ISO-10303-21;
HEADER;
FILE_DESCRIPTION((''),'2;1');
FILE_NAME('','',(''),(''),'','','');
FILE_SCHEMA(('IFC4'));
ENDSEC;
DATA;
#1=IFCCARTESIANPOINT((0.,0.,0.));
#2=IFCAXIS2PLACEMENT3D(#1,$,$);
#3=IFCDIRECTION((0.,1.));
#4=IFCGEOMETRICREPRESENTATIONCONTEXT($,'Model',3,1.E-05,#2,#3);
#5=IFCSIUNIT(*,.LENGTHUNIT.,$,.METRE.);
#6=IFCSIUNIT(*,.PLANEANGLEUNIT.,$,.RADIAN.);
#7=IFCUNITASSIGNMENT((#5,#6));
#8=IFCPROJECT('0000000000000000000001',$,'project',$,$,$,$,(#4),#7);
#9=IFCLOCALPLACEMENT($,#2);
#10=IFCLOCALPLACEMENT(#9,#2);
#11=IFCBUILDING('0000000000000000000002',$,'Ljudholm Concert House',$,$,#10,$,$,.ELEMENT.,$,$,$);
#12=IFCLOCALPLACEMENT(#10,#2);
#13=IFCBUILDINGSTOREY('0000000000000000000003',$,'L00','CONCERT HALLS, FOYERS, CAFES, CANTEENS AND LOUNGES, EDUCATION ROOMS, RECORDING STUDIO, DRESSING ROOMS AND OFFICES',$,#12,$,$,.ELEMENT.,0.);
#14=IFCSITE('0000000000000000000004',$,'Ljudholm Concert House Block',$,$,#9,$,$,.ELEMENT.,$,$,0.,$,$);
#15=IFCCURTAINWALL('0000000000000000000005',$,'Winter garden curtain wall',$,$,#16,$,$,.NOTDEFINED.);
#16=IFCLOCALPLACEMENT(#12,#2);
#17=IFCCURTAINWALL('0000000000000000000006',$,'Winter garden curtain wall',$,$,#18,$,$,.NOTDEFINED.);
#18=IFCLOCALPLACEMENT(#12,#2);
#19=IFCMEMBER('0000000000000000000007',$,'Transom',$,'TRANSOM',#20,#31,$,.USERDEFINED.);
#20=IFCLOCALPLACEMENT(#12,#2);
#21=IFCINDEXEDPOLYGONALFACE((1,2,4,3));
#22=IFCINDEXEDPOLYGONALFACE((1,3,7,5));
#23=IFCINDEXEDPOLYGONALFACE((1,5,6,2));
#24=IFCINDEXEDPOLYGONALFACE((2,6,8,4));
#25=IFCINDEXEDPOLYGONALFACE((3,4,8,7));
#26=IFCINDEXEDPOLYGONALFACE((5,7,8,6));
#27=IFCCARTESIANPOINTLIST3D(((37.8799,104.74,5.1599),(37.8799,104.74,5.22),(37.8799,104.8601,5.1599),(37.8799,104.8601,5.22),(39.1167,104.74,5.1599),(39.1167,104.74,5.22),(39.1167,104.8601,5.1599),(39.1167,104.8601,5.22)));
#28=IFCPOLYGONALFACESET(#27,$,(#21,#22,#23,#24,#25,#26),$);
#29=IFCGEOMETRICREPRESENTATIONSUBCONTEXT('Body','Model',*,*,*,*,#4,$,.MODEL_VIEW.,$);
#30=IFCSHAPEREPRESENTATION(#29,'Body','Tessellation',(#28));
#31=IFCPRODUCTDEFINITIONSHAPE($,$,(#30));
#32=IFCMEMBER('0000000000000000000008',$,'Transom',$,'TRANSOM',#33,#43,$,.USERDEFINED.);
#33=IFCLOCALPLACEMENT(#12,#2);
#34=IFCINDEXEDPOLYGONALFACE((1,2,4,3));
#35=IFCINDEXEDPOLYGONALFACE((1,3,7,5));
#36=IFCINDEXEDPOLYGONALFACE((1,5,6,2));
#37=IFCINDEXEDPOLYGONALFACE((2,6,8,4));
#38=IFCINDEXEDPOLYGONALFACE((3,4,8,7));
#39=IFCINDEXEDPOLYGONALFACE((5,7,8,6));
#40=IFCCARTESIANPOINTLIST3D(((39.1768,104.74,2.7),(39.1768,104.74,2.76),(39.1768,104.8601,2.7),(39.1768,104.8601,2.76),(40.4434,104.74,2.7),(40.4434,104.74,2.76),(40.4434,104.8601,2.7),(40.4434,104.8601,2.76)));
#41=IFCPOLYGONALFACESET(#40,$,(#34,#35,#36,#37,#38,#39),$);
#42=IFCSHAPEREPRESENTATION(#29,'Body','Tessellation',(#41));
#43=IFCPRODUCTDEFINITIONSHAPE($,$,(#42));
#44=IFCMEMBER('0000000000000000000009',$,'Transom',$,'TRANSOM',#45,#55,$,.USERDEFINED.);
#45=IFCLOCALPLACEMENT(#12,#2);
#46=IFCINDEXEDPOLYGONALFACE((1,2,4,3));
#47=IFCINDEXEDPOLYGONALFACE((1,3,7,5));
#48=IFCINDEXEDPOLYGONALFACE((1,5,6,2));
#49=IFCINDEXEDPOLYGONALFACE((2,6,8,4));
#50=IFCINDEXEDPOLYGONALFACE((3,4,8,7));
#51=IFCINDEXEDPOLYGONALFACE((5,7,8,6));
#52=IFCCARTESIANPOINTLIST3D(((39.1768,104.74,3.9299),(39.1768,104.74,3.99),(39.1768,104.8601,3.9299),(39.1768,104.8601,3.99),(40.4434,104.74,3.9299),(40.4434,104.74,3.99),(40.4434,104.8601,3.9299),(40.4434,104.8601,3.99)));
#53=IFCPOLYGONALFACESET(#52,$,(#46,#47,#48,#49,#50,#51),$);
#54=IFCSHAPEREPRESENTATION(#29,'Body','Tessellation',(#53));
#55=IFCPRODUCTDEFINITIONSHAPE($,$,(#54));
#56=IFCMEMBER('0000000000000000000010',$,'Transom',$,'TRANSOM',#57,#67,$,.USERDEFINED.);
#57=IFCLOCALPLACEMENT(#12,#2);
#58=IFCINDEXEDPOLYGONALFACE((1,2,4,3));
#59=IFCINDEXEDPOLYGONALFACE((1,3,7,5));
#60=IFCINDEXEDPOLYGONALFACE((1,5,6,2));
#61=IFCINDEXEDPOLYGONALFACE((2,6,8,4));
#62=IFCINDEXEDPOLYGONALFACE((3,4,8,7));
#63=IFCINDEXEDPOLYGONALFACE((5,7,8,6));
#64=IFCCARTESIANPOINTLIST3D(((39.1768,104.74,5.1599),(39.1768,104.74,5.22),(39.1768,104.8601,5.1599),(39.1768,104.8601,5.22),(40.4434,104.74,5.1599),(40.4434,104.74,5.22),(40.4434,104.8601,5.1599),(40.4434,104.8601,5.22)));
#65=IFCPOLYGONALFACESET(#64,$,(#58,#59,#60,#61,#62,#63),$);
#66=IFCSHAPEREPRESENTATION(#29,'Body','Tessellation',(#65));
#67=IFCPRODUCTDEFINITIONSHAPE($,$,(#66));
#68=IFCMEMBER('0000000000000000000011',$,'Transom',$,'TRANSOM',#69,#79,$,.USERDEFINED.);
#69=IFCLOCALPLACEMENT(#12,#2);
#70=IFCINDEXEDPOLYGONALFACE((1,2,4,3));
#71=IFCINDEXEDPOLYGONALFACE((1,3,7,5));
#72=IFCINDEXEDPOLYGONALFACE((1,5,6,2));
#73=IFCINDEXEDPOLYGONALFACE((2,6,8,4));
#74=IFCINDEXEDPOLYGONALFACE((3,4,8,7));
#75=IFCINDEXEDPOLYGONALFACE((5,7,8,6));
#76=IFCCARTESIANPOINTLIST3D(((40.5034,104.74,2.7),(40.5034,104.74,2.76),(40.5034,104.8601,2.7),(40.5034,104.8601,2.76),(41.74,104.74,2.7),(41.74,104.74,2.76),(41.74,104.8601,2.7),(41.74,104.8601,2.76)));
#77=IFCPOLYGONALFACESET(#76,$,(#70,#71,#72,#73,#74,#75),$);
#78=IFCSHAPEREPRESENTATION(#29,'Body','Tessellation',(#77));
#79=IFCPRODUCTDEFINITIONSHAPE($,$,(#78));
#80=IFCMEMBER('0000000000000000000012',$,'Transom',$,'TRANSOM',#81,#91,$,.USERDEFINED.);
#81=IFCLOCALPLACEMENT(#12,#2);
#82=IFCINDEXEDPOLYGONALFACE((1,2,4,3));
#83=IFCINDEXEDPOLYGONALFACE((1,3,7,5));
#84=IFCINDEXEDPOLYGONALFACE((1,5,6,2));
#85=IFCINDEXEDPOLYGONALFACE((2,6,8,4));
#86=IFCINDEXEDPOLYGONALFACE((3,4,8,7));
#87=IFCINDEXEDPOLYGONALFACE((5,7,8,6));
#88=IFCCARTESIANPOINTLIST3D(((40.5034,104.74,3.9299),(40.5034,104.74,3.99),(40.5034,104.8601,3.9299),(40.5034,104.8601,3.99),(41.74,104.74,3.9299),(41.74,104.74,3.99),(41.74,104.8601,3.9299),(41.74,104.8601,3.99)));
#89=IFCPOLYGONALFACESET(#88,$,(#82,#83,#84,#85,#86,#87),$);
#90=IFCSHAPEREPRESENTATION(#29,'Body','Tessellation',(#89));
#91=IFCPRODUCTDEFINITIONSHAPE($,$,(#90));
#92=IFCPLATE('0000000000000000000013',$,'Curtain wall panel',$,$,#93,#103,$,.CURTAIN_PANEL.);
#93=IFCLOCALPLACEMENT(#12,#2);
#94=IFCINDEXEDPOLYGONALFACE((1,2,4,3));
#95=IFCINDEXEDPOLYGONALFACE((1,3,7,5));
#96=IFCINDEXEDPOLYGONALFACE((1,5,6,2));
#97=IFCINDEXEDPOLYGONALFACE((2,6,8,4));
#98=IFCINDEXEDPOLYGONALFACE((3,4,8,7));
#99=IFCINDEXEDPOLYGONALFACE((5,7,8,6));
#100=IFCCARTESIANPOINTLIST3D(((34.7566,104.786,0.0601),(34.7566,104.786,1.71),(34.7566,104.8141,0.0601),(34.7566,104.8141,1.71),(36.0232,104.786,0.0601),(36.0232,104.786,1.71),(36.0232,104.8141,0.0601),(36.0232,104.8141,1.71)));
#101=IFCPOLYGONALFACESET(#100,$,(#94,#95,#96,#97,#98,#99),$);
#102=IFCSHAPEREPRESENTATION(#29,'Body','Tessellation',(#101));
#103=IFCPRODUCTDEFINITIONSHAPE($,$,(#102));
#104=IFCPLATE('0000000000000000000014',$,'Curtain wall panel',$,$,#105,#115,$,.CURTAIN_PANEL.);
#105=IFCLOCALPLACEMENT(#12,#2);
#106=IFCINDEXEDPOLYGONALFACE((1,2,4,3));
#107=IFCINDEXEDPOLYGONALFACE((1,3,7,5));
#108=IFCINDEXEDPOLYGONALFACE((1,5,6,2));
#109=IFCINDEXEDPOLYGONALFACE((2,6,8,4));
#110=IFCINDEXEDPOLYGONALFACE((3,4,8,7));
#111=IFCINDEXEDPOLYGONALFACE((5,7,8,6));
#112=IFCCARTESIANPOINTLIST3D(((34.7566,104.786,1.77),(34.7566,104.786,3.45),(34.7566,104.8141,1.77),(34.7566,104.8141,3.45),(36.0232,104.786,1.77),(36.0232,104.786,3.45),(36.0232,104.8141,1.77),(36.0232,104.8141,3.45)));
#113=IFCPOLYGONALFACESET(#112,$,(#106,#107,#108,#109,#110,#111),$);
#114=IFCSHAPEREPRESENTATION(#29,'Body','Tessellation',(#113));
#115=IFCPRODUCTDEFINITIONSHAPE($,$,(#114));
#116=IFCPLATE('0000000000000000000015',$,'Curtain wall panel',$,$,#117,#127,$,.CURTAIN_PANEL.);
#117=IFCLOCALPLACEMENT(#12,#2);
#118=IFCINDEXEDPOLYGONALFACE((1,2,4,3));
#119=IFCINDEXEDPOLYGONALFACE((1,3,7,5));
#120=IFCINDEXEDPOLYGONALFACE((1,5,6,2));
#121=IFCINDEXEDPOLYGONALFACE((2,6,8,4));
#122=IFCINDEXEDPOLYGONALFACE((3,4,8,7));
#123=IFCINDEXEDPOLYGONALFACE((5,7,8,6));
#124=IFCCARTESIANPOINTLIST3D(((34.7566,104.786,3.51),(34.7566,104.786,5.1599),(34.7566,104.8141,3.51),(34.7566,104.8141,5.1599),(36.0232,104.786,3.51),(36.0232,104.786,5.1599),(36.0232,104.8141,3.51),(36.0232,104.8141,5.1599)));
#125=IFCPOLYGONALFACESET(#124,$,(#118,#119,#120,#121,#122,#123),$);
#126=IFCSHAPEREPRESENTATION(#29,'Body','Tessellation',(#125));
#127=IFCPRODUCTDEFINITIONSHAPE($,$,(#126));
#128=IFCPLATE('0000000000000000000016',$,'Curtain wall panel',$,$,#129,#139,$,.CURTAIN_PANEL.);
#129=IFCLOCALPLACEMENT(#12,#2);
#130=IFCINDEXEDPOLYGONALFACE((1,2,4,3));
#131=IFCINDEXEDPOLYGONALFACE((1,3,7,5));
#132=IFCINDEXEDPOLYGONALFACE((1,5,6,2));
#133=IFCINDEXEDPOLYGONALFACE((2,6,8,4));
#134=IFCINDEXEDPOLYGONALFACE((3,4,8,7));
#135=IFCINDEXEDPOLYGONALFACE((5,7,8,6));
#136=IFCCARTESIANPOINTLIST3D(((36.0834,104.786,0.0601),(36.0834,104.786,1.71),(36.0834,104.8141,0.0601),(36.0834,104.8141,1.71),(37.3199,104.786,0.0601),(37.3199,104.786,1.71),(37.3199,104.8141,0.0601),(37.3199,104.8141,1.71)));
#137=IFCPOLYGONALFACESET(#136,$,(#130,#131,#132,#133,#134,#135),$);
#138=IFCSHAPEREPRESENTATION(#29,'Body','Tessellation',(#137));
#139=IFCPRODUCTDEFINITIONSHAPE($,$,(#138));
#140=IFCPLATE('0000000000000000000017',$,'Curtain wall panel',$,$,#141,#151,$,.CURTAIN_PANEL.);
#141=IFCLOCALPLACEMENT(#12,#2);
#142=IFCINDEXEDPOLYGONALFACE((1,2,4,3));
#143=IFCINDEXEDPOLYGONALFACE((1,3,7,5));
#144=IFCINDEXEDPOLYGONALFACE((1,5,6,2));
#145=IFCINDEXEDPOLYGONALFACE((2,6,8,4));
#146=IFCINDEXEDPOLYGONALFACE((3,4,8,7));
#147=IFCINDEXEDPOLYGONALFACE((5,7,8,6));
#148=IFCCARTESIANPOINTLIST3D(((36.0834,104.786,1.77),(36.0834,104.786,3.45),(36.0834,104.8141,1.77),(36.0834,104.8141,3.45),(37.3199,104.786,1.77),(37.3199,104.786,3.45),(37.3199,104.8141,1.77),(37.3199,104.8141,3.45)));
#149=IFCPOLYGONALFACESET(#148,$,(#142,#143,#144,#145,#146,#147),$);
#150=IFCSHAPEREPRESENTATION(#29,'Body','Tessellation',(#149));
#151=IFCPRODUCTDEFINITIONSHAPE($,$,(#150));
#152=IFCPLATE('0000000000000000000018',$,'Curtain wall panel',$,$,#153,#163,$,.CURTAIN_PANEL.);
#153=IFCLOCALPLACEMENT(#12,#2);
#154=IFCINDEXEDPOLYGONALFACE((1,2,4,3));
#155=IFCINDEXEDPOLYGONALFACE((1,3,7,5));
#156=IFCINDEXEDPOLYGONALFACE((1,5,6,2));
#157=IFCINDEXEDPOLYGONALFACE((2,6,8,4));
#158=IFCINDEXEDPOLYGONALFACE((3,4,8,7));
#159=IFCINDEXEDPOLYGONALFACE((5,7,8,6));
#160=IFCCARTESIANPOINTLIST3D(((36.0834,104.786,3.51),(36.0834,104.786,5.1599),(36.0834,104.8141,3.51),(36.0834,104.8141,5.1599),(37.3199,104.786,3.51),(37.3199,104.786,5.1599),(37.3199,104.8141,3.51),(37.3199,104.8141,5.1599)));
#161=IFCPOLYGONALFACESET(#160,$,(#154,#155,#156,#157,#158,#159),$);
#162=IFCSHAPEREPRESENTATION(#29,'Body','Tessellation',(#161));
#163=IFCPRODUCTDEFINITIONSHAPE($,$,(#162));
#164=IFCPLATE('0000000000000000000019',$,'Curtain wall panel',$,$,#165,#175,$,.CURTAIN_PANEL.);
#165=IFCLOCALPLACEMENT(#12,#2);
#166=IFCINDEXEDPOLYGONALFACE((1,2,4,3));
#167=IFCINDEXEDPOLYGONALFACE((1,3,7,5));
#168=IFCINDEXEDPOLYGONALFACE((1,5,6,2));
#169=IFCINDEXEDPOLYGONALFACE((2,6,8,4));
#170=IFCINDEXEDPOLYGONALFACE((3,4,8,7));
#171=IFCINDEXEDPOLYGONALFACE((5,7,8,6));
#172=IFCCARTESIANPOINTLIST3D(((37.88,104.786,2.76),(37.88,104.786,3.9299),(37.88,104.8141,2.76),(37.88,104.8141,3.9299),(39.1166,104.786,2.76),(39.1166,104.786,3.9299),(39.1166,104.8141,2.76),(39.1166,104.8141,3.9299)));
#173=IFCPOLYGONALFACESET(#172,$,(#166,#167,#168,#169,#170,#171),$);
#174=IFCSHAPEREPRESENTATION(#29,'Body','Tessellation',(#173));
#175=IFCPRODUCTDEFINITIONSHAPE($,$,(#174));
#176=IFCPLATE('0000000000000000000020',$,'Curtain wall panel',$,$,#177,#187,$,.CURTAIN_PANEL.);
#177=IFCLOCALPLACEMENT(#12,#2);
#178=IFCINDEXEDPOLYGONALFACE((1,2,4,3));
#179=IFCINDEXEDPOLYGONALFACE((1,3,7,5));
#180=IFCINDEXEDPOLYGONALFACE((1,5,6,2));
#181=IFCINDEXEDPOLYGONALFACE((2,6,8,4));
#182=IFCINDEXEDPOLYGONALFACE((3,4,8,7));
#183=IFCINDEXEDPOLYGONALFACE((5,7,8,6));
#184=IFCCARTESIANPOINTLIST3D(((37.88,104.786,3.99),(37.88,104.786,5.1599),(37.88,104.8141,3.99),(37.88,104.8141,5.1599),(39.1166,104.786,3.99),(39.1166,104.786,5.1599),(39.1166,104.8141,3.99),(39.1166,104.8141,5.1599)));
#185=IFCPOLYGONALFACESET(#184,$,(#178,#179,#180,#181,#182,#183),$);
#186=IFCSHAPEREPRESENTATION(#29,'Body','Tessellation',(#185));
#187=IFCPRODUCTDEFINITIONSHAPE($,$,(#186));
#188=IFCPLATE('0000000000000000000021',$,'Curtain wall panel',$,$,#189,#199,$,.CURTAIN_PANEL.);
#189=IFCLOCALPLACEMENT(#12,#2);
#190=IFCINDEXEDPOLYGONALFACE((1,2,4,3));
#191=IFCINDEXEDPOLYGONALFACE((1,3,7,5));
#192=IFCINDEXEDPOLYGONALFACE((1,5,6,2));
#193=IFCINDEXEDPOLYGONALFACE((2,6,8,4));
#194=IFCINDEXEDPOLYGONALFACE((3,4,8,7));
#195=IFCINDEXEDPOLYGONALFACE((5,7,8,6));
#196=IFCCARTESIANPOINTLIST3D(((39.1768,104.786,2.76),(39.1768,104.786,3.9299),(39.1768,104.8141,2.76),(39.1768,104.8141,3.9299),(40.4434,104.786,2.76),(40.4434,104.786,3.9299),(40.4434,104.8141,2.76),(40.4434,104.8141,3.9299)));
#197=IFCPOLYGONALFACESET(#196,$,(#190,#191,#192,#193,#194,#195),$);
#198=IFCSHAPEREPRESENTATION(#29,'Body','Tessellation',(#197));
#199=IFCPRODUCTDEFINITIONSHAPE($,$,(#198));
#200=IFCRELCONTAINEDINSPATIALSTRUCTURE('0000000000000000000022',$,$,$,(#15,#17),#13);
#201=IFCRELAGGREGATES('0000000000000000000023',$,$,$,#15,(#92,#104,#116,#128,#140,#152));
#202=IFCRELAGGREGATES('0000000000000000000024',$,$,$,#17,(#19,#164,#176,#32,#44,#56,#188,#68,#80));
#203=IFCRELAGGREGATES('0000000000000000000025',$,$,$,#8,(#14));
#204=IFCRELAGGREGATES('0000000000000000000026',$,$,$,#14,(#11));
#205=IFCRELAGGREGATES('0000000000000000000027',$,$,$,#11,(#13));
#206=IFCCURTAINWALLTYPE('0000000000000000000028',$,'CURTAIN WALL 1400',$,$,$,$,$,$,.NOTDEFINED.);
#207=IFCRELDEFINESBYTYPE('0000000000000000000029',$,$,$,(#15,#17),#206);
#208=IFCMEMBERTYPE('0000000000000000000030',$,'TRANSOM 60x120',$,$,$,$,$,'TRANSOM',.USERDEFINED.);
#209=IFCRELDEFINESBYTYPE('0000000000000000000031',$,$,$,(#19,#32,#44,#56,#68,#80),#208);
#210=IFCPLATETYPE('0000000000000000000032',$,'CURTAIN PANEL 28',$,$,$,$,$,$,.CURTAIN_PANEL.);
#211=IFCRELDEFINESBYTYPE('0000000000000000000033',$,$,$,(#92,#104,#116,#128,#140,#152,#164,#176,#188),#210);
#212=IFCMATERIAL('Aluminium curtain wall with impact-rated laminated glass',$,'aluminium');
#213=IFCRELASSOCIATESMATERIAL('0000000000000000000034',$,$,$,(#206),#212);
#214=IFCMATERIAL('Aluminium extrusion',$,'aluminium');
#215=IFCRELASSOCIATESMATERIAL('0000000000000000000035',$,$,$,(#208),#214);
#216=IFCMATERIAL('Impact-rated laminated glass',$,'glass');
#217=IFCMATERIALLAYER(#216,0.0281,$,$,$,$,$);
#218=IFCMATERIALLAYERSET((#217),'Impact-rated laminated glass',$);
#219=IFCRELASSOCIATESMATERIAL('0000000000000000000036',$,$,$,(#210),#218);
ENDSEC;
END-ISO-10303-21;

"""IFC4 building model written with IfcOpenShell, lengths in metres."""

from ifc_helpers import new_model, si_unit, direction, frame, origin, origin_2d, place, context, subcontext, project, spatial, rectangle, extrude, material, layer, layer_set, material_profile, profile_set, type_object, element, aggregate, save


model = new_model("IFC4")

# Units and contexts
model_context = context("Model", 3, precision=1e-05, world=origin(), true_north=direction((0.0, 1.0)))
body_context = subcontext(model_context, "Body", "Model", "MODEL_VIEW")
ifc_project = project(units=[si_unit("LENGTHUNIT", "METRE"), si_unit("PLANEANGLEUNIT", "RADIAN")], contexts=[model_context])

# Site, building, storey
site_placement = place(None, origin())
site = spatial("IfcSite", under=ifc_project, at=site_placement, Name="Ljudholm Concert House Block", CompositionType="ELEMENT", RefElevation=0.0)
building_placement = place(site_placement, origin())
building = spatial("IfcBuilding", under=site, at=building_placement, Name="Ljudholm Concert House", CompositionType="ELEMENT")
storey_placement = place(building_placement, origin())
storey = spatial("IfcBuildingStorey", under=building, at=storey_placement, Name="L00", Description="CONCERT HALLS, FOYERS, CAFES, CANTEENS AND LOUNGES, EDUCATION ROOMS, RECORDING STUDIO, DRESSING ROOMS AND OFFICES", CompositionType="ELEMENT", Elevation=0.0)

# Curtain walls
ifc_material_1 = material(Name="Aluminium curtain wall with impact-rated laminated glass", Category="aluminium")
curtain_wall_type = type_object("IfcCurtainWallType", Name="CURTAIN WALL 1400", PredefinedType="NOTDEFINED", material=ifc_material_1)
curtain_wall_1_placement = place(storey_placement, origin())
curtain_wall_1 = element("IfcCurtainWall", 1, at=curtain_wall_1_placement, inside=storey, type_object=curtain_wall_type, Name="Winter garden curtain wall", PredefinedType="NOTDEFINED")
curtain_wall_2_placement = place(storey_placement, origin())
curtain_wall_2 = element("IfcCurtainWall", 2, at=curtain_wall_2_placement, inside=storey, type_object=curtain_wall_type, Name="Winter garden curtain wall", PredefinedType="NOTDEFINED")

# Members
ifc_material_2 = material(Name="Aluminium extrusion", Category="aluminium")
ifc_material_profile_1 = material_profile(ifc_material_2, rectangle(XDim=0.1201, YDim=0.0601, at=origin_2d()), Name="TRANSOM 60x120")
ifc_profile_set_1 = profile_set([ifc_material_profile_1], Name="Aluminium extrusion")
member_type_1 = type_object("IfcMemberType", Name="TRANSOM 60x120", ElementType="TRANSOM", PredefinedType="USERDEFINED", material=ifc_profile_set_1)
member_1_placement = place(storey_placement, frame((37.8799, 104.8, 5.1899), z_axis=(1.0, 0.0, 0.0), x_axis=(0.0, 1.0, 0.0)))
member_1 = element("IfcMember", 3, at=member_1_placement, type_object=member_type_1, Name="Transom", ObjectType="TRANSOM", PredefinedType="USERDEFINED", context=body_context, shape_type="SweptSolid", body=[
    extrude(rectangle(XDim=0.1201, YDim=0.0601, at=origin_2d()), origin(), (0.0, 0.0, 1.0), 1.2368),
])
member_2_placement = place(storey_placement, frame((39.1768, 104.8, 2.73), z_axis=(1.0, 0.0, 0.0), x_axis=(0.0, 1.0, 0.0)))
member_2 = element("IfcMember", 4, at=member_2_placement, type_object=member_type_1, Name="Transom", ObjectType="TRANSOM", PredefinedType="USERDEFINED", context=body_context, shape_type="SweptSolid", body=[
    extrude(rectangle(XDim=0.1201, YDim=0.0601, at=origin_2d()), origin(), (0.0, 0.0, 1.0), 1.2666),
])
member_3_placement = place(storey_placement, frame((39.1768, 104.8, 3.96), z_axis=(1.0, 0.0, 0.0), x_axis=(0.0, 1.0, 0.0)))
member_3 = element("IfcMember", 5, at=member_3_placement, type_object=member_type_1, Name="Transom", ObjectType="TRANSOM", PredefinedType="USERDEFINED", context=body_context, shape_type="SweptSolid", body=[
    extrude(rectangle(XDim=0.1201, YDim=0.0601, at=origin_2d()), origin(), (0.0, 0.0, 1.0), 1.2666),
])
member_4_placement = place(storey_placement, frame((39.1768, 104.8, 5.1899), z_axis=(1.0, 0.0, 0.0), x_axis=(0.0, 1.0, 0.0)))
member_4 = element("IfcMember", 6, at=member_4_placement, type_object=member_type_1, Name="Transom", ObjectType="TRANSOM", PredefinedType="USERDEFINED", context=body_context, shape_type="SweptSolid", body=[
    extrude(rectangle(XDim=0.1201, YDim=0.0601, at=origin_2d()), origin(), (0.0, 0.0, 1.0), 1.2666),
])
member_5_placement = place(storey_placement, frame((40.5034, 104.8, 2.73), z_axis=(1.0, 0.0, 0.0), x_axis=(0.0, 1.0, 0.0)))
member_5 = element("IfcMember", 7, at=member_5_placement, type_object=member_type_1, Name="Transom", ObjectType="TRANSOM", PredefinedType="USERDEFINED", context=body_context, shape_type="SweptSolid", body=[
    extrude(rectangle(XDim=0.1201, YDim=0.0601, at=origin_2d()), origin(), (0.0, 0.0, 1.0), 1.2366),
])
member_6_placement = place(storey_placement, frame((40.5034, 104.8, 3.96), z_axis=(1.0, 0.0, 0.0), x_axis=(0.0, 1.0, 0.0)))
member_6 = element("IfcMember", 8, at=member_6_placement, type_object=member_type_1, Name="Transom", ObjectType="TRANSOM", PredefinedType="USERDEFINED", context=body_context, shape_type="SweptSolid", body=[
    extrude(rectangle(XDim=0.1201, YDim=0.0601, at=origin_2d()), origin(), (0.0, 0.0, 1.0), 1.2366),
])

# Plates
ifc_material_3 = material(Name="Impact-rated laminated glass", Category="glass")
ifc_layer_1 = layer(ifc_material_3, 0.0281)
ifc_layer_set_1 = layer_set([ifc_layer_1], Name="Impact-rated laminated glass")
plate_type = type_object("IfcPlateType", Name="CURTAIN PANEL 28", PredefinedType="CURTAIN_PANEL", material=ifc_layer_set_1)
plate_1_placement = place(storey_placement, frame((35.3899, 104.8, 0.0601), z_axis=(0.0, 0.0, 1.0), x_axis=(1.0, 0.0, 0.0)))
plate_1 = element("IfcPlate", 9, at=plate_1_placement, type_object=plate_type, Name="Curtain wall panel", PredefinedType="CURTAIN_PANEL", context=body_context, shape_type="SweptSolid", body=[
    extrude(rectangle(XDim=1.2666, YDim=0.0281, at=origin_2d()), origin(), (0.0, 0.0, 1.0), 1.6499),
])
plate_2_placement = place(storey_placement, frame((35.3899, 104.8, 1.77), z_axis=(0.0, 0.0, 1.0), x_axis=(1.0, 0.0, 0.0)))
plate_2 = element("IfcPlate", 10, at=plate_2_placement, type_object=plate_type, Name="Curtain wall panel", PredefinedType="CURTAIN_PANEL", context=body_context, shape_type="SweptSolid", body=[
    extrude(rectangle(XDim=1.2666, YDim=0.0281, at=origin_2d()), origin(), (0.0, 0.0, 1.0), 1.6799),
])
plate_3_placement = place(storey_placement, frame((35.3899, 104.8, 3.51), z_axis=(0.0, 0.0, 1.0), x_axis=(1.0, 0.0, 0.0)))
plate_3 = element("IfcPlate", 11, at=plate_3_placement, type_object=plate_type, Name="Curtain wall panel", PredefinedType="CURTAIN_PANEL", context=body_context, shape_type="SweptSolid", body=[
    extrude(rectangle(XDim=1.2666, YDim=0.0281, at=origin_2d()), origin(), (0.0, 0.0, 1.0), 1.6499),
])
plate_4_placement = place(storey_placement, frame((36.7017, 104.8, 0.0601), z_axis=(0.0, 0.0, 1.0), x_axis=(1.0, 0.0, 0.0)))
plate_4 = element("IfcPlate", 12, at=plate_4_placement, type_object=plate_type, Name="Curtain wall panel", PredefinedType="CURTAIN_PANEL", context=body_context, shape_type="SweptSolid", body=[
    extrude(rectangle(XDim=1.2366, YDim=0.0281, at=origin_2d()), origin(), (0.0, 0.0, 1.0), 1.6499),
])
plate_5_placement = place(storey_placement, frame((36.7017, 104.8, 1.77), z_axis=(0.0, 0.0, 1.0), x_axis=(1.0, 0.0, 0.0)))
plate_5 = element("IfcPlate", 13, at=plate_5_placement, type_object=plate_type, Name="Curtain wall panel", PredefinedType="CURTAIN_PANEL", context=body_context, shape_type="SweptSolid", body=[
    extrude(rectangle(XDim=1.2366, YDim=0.0281, at=origin_2d()), origin(), (0.0, 0.0, 1.0), 1.6799),
])
plate_6_placement = place(storey_placement, frame((36.7017, 104.8, 3.51), z_axis=(0.0, 0.0, 1.0), x_axis=(1.0, 0.0, 0.0)))
plate_6 = element("IfcPlate", 14, at=plate_6_placement, type_object=plate_type, Name="Curtain wall panel", PredefinedType="CURTAIN_PANEL", context=body_context, shape_type="SweptSolid", body=[
    extrude(rectangle(XDim=1.2366, YDim=0.0281, at=origin_2d()), origin(), (0.0, 0.0, 1.0), 1.6499),
])
aggregate(curtain_wall_1, [plate_1, plate_2, plate_3, plate_4, plate_5, plate_6])
plate_7_placement = place(storey_placement, frame((38.4983, 104.8, 2.76), z_axis=(0.0, 0.0, 1.0), x_axis=(1.0, 0.0, 0.0)))
plate_7 = element("IfcPlate", 15, at=plate_7_placement, type_object=plate_type, Name="Curtain wall panel", PredefinedType="CURTAIN_PANEL", context=body_context, shape_type="SweptSolid", body=[
    extrude(rectangle(XDim=1.2366, YDim=0.0281, at=origin_2d()), origin(), (0.0, 0.0, 1.0), 1.1699),
])
plate_8_placement = place(storey_placement, frame((38.4983, 104.8, 3.99), z_axis=(0.0, 0.0, 1.0), x_axis=(1.0, 0.0, 0.0)))
plate_8 = element("IfcPlate", 16, at=plate_8_placement, type_object=plate_type, Name="Curtain wall panel", PredefinedType="CURTAIN_PANEL", context=body_context, shape_type="SweptSolid", body=[
    extrude(rectangle(XDim=1.2366, YDim=0.0281, at=origin_2d()), origin(), (0.0, 0.0, 1.0), 1.1699),
])
plate_9_placement = place(storey_placement, frame((39.8101, 104.8, 2.76), z_axis=(0.0, 0.0, 1.0), x_axis=(1.0, 0.0, 0.0)))
plate_9 = element("IfcPlate", 17, at=plate_9_placement, type_object=plate_type, Name="Curtain wall panel", PredefinedType="CURTAIN_PANEL", context=body_context, shape_type="SweptSolid", body=[
    extrude(rectangle(XDim=1.2666, YDim=0.0281, at=origin_2d()), origin(), (0.0, 0.0, 1.0), 1.1699),
])
aggregate(curtain_wall_2, [member_1, plate_7, plate_8, member_2, member_3, member_4, plate_9, member_5, member_6])

save(model, "model.ifc")
